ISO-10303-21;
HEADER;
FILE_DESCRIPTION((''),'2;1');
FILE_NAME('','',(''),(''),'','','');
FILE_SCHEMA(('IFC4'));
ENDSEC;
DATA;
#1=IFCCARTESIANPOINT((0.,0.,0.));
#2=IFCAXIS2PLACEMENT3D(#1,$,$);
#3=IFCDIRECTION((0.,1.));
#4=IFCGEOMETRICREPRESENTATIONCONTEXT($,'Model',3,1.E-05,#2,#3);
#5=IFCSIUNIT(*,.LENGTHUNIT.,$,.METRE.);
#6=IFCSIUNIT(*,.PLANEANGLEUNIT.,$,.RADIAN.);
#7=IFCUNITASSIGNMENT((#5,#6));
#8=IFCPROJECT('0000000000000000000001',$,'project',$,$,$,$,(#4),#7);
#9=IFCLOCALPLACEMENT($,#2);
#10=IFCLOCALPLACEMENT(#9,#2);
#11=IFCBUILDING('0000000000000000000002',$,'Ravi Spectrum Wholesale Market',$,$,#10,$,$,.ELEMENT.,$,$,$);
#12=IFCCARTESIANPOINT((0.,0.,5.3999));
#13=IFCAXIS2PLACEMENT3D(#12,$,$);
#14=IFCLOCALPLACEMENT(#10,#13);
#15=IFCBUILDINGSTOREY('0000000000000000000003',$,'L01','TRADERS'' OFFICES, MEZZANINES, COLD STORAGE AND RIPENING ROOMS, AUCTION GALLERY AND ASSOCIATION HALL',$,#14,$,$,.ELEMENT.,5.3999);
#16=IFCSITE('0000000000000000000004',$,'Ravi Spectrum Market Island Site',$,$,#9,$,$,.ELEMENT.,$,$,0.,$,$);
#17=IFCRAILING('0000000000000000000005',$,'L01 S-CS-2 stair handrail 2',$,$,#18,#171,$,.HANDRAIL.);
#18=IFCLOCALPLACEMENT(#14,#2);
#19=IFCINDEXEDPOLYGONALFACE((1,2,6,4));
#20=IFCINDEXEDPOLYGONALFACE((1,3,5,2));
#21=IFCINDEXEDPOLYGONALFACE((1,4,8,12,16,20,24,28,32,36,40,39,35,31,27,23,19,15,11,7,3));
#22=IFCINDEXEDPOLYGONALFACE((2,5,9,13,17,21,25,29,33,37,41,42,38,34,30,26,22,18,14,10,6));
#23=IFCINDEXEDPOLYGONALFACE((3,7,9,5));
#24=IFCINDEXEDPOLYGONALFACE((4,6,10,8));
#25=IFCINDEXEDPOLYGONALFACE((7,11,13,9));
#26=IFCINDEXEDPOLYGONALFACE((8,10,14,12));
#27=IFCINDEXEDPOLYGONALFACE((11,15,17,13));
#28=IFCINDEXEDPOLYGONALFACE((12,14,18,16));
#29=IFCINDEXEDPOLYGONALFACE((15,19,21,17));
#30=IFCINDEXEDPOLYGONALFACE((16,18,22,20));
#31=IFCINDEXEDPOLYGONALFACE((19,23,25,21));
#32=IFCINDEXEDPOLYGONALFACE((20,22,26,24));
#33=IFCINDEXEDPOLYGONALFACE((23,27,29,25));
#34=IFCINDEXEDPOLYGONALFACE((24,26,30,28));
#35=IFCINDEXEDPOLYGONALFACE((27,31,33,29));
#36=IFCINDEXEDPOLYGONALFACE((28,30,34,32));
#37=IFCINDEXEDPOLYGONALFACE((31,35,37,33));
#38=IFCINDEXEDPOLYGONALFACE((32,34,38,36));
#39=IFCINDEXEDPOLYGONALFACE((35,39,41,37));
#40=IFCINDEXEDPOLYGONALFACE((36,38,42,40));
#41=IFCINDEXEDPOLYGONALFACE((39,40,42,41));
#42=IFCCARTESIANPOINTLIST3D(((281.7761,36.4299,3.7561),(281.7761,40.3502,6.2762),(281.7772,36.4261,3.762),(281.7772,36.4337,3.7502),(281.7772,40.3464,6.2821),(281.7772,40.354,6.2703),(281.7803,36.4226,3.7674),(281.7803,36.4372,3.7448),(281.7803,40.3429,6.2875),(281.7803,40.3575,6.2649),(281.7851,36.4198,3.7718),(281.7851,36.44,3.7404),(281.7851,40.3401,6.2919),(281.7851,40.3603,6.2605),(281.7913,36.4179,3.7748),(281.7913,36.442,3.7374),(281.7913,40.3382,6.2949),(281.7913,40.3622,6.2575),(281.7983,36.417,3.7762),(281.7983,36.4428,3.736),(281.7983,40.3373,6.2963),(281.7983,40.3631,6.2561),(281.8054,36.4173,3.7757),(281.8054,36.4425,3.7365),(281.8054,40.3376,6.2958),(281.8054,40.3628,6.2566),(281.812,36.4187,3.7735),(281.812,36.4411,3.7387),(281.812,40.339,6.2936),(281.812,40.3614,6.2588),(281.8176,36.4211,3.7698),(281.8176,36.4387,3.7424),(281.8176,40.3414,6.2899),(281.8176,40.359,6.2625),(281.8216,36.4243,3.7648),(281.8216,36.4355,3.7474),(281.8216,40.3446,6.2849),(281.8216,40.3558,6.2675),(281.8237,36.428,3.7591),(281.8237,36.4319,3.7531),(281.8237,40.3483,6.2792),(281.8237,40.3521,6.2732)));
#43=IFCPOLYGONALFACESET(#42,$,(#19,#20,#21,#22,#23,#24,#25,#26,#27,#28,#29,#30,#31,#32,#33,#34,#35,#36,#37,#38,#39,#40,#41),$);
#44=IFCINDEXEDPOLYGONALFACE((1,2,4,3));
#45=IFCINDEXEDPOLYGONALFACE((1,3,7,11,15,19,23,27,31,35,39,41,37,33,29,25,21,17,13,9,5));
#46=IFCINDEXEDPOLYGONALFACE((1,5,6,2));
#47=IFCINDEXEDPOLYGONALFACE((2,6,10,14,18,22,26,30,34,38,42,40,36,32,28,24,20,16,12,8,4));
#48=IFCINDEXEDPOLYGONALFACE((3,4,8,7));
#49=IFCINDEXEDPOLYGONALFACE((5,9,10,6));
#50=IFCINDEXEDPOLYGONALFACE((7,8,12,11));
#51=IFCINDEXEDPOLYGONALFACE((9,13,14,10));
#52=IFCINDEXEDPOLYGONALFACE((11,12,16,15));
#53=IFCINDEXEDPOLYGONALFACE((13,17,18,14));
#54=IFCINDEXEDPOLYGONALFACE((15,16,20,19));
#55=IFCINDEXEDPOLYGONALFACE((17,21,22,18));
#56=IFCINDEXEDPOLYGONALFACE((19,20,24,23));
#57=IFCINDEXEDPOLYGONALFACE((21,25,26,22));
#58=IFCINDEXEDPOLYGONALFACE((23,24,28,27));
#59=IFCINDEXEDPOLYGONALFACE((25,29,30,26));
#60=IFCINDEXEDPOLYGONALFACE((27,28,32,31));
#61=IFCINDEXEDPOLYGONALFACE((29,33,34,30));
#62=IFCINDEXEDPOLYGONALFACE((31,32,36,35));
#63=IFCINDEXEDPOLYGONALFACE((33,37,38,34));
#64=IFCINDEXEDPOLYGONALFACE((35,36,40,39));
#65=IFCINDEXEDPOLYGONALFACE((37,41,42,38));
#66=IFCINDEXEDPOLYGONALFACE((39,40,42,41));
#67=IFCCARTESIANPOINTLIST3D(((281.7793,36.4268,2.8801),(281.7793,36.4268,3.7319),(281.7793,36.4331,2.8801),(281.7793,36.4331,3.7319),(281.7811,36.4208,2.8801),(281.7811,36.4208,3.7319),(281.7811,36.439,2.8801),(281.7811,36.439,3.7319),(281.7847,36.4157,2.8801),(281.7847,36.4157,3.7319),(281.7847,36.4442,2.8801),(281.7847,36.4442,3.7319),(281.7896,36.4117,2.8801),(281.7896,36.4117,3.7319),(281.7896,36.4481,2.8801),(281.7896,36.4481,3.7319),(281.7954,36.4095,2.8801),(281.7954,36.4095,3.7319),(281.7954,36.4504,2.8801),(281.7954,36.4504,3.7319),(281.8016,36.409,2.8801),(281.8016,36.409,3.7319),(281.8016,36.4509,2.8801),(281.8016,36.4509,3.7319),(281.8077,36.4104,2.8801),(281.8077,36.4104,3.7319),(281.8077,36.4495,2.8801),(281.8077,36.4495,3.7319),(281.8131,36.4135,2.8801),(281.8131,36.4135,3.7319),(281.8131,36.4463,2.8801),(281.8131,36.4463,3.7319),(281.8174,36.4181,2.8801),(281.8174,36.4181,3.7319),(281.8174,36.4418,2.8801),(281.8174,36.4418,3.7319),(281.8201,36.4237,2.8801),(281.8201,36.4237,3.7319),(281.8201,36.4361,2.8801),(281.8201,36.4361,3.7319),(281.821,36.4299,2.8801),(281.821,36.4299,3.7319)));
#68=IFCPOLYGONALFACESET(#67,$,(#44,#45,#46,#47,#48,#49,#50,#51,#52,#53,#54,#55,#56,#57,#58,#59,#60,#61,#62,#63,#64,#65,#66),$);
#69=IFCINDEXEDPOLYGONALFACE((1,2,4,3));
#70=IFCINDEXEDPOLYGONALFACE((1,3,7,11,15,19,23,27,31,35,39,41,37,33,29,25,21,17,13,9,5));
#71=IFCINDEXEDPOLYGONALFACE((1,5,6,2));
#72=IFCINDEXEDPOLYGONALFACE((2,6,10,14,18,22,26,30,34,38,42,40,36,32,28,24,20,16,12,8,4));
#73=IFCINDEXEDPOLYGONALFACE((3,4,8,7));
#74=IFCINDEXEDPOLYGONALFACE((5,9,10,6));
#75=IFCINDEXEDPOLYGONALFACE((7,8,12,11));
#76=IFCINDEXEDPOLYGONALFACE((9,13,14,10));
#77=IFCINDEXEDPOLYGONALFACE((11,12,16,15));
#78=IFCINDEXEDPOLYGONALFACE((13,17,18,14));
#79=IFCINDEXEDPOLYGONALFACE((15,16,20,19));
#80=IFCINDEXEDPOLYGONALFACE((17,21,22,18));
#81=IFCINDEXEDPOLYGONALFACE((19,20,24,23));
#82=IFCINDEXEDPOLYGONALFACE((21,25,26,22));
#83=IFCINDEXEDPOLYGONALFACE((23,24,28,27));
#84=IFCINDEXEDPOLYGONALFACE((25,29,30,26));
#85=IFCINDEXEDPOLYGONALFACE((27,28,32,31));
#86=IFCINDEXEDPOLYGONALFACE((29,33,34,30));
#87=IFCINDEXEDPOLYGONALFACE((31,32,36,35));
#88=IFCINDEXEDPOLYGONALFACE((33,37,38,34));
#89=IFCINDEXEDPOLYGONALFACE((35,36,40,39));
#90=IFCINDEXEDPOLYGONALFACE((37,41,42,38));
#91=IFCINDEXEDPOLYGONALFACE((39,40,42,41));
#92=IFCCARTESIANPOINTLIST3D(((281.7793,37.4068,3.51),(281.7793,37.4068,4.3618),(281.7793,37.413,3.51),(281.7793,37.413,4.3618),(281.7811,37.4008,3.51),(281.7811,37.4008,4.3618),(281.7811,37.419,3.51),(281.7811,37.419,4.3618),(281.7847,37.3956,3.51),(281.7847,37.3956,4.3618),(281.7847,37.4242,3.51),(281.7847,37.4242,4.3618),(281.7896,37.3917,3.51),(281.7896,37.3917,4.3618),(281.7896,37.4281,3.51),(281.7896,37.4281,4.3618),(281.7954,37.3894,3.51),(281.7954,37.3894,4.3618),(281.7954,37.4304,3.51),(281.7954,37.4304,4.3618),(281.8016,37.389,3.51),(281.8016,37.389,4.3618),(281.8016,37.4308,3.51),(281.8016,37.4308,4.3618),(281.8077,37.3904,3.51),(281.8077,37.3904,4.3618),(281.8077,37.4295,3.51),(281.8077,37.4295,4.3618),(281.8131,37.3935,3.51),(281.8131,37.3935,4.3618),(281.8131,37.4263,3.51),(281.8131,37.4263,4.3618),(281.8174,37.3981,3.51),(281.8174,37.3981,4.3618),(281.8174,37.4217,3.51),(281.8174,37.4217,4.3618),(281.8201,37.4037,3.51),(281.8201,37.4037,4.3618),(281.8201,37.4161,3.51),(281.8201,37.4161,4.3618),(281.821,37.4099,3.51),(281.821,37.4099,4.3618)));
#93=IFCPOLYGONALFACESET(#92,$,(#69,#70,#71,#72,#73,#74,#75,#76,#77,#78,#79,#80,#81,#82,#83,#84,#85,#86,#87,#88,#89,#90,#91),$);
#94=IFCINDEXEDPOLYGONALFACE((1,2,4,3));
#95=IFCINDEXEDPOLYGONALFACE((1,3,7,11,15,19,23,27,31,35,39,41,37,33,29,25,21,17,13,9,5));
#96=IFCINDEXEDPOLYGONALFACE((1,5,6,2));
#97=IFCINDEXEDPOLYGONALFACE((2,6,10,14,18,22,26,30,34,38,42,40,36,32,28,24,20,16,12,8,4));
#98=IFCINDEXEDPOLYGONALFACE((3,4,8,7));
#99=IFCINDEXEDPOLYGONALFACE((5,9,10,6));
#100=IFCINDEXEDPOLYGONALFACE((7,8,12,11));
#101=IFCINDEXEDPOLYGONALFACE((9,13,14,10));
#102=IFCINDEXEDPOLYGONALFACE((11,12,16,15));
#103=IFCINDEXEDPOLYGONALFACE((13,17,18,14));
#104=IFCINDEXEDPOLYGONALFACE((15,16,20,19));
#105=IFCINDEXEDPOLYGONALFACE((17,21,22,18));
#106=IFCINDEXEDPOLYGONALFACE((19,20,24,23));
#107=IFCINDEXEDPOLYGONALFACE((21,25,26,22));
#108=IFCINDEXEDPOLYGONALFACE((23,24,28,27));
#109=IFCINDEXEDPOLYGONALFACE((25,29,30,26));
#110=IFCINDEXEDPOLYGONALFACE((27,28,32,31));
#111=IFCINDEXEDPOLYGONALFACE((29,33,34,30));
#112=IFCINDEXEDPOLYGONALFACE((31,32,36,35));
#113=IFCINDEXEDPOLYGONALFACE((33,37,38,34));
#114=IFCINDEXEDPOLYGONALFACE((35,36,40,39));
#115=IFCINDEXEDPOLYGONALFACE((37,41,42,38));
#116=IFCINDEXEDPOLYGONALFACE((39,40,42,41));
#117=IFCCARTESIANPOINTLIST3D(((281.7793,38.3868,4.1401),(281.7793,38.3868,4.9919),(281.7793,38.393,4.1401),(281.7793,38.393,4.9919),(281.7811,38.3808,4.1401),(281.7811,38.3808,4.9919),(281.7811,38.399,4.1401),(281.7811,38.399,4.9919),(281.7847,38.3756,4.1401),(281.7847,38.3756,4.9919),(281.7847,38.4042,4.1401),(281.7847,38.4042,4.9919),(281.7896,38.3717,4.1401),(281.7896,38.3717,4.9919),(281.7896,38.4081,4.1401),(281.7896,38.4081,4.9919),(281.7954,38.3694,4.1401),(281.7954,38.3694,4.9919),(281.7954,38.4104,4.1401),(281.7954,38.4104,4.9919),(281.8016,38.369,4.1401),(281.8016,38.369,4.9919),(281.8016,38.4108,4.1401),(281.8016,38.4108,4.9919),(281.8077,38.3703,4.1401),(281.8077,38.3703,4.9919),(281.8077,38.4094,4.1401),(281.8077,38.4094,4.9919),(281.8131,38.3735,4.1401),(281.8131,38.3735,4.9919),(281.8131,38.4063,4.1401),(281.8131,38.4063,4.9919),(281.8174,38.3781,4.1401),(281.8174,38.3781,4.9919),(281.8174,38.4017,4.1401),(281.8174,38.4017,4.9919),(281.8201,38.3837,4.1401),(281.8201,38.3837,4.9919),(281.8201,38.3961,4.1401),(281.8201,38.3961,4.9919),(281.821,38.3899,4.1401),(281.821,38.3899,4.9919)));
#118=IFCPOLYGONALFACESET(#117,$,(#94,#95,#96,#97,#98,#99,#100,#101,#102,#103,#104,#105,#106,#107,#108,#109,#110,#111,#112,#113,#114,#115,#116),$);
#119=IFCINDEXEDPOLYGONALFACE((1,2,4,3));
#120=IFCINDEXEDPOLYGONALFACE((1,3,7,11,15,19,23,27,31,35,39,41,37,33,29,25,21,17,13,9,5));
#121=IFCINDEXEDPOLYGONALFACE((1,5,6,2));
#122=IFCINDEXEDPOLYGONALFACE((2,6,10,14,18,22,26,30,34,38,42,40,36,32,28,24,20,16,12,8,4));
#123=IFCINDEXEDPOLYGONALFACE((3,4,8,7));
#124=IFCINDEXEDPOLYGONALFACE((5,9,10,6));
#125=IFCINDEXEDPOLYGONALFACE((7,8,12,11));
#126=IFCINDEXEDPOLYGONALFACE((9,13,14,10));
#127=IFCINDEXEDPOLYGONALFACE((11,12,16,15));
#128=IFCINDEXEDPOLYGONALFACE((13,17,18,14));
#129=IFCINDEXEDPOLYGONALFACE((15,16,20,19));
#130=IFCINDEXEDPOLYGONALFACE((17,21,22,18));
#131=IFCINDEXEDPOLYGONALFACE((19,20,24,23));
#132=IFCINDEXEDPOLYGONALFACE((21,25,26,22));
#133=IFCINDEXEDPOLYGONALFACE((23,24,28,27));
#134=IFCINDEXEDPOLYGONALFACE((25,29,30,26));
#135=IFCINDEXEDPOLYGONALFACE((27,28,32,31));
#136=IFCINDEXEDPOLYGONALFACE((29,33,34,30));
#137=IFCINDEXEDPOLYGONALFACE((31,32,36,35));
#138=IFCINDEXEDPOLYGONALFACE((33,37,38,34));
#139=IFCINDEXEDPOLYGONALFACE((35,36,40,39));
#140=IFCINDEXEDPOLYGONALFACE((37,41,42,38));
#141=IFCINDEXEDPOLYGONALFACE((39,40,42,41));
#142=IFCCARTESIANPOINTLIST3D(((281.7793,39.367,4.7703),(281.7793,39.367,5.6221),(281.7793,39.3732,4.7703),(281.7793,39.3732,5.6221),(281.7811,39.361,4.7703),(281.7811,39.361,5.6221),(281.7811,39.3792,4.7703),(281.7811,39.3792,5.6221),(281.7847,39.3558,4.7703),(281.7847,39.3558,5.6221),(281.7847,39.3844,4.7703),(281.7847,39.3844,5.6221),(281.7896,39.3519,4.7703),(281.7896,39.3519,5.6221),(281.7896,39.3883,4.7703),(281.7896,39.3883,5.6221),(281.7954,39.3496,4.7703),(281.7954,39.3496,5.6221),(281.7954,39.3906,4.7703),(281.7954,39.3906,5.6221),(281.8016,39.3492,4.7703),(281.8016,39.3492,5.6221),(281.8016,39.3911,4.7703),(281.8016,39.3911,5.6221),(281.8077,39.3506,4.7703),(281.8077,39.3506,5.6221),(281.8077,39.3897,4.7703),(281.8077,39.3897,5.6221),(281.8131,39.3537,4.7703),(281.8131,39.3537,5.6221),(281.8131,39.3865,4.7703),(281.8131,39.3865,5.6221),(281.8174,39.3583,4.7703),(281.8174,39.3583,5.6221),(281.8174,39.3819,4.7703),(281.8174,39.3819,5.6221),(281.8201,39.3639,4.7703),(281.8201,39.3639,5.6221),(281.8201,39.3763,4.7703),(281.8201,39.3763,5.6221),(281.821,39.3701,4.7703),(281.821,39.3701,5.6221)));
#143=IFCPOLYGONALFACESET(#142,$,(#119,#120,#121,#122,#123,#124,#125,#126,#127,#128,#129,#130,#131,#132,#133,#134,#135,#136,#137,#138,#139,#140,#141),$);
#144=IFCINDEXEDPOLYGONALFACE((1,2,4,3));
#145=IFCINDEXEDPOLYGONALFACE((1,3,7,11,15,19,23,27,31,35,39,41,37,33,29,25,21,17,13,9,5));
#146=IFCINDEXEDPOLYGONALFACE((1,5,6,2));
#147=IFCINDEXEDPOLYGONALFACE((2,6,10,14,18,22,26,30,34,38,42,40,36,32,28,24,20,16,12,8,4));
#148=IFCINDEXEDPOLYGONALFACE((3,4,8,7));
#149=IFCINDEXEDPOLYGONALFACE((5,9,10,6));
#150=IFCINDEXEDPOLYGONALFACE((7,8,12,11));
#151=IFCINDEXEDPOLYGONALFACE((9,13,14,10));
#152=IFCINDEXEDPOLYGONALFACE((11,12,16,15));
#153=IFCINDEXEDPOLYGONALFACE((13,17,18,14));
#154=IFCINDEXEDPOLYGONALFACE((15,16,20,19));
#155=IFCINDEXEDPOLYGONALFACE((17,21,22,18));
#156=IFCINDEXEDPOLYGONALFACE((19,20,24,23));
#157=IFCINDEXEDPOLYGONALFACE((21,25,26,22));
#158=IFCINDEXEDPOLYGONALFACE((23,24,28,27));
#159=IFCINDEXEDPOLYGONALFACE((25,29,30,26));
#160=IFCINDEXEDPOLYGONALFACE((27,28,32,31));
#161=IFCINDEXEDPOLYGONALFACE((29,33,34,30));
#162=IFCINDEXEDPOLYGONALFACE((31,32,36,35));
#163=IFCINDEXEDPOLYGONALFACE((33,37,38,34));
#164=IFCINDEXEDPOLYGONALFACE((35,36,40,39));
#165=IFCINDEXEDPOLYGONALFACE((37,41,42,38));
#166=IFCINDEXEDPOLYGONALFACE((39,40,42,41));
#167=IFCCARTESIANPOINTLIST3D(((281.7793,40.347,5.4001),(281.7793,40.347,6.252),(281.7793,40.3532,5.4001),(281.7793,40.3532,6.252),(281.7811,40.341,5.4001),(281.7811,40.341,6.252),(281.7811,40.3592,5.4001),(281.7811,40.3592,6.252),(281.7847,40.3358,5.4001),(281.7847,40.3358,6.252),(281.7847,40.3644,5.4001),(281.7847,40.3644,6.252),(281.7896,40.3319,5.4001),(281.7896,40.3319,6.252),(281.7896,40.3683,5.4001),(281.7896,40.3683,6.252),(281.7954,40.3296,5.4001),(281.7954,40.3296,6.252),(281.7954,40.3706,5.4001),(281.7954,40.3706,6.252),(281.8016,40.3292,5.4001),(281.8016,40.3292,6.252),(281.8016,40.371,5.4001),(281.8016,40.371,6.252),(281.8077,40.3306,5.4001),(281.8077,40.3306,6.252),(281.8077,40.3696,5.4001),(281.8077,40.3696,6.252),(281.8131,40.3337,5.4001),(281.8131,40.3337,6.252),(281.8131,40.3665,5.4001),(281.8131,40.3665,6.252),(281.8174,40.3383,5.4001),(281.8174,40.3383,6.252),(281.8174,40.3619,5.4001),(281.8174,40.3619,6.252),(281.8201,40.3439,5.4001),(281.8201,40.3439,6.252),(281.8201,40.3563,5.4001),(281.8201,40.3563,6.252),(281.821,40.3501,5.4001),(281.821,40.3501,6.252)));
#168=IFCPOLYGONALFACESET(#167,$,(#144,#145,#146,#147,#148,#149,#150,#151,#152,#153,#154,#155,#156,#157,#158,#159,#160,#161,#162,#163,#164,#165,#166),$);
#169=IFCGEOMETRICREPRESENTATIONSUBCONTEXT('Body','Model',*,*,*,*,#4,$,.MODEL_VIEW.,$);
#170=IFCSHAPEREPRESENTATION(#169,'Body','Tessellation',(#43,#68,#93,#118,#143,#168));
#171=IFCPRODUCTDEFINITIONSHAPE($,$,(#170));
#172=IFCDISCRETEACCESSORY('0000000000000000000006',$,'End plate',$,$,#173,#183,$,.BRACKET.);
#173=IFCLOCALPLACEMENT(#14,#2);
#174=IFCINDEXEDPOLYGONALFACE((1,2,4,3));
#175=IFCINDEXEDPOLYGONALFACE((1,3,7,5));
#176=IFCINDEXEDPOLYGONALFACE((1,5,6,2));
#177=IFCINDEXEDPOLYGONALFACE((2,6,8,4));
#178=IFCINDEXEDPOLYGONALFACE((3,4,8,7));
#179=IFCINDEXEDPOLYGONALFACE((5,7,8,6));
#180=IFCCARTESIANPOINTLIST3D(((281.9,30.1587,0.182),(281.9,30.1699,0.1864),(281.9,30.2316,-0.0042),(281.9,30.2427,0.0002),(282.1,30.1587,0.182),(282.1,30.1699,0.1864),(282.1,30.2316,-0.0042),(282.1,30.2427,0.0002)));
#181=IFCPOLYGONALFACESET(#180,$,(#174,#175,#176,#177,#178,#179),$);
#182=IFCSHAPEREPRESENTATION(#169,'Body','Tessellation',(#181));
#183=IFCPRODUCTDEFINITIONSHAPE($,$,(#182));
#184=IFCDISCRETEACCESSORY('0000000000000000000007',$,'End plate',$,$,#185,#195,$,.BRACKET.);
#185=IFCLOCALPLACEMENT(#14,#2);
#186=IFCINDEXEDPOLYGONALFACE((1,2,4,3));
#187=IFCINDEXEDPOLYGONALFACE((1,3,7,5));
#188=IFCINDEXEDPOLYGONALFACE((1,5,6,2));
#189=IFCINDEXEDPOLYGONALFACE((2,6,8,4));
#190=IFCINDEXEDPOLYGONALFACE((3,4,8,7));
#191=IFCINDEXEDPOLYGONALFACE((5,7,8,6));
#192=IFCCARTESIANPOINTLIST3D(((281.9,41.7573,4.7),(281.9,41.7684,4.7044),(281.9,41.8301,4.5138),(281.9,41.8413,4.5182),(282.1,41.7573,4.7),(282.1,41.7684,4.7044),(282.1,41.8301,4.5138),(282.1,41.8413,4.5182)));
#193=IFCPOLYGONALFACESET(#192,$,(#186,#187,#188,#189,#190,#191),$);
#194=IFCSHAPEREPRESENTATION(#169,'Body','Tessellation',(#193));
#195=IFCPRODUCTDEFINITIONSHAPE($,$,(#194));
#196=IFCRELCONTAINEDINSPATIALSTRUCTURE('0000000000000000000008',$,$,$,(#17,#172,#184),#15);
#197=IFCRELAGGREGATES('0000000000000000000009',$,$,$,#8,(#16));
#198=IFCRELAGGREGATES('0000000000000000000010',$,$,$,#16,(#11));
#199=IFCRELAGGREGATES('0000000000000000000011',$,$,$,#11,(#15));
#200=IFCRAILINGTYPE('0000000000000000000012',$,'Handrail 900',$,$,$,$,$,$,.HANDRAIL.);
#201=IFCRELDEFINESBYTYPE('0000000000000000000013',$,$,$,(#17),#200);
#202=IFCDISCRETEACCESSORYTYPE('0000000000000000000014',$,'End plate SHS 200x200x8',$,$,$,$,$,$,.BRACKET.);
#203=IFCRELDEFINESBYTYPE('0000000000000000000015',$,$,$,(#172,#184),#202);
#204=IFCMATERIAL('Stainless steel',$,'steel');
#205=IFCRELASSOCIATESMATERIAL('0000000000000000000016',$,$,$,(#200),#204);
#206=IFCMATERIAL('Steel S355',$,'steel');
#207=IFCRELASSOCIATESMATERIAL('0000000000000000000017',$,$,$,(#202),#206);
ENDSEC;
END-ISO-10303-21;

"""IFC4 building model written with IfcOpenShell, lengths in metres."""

from ifc_helpers import new_model, si_unit, direction, frame, origin, origin_2d, place, context, subcontext, project, spatial, rectangle, circle, extrude, material, material_profile, profile_set, type_object, element, save


model = new_model("IFC4")

# Units and contexts
model_context = context("Model", 3, precision=1e-05, world=origin(), true_north=direction((0.0, 1.0)))
body_context = subcontext(model_context, "Body", "Model", "MODEL_VIEW")
ifc_project = project(units=[si_unit("LENGTHUNIT", "METRE"), si_unit("PLANEANGLEUNIT", "RADIAN")], contexts=[model_context])

# Site, building, storey
site_placement = place(None, origin())
site = spatial("IfcSite", under=ifc_project, at=site_placement, Name="Ravi Spectrum Market Island Site", CompositionType="ELEMENT", RefElevation=0.0)
building_placement = place(site_placement, origin())
building = spatial("IfcBuilding", under=site, at=building_placement, Name="Ravi Spectrum Wholesale Market", CompositionType="ELEMENT")
storey_placement = place(building_placement, frame((0.0, 0.0, 5.3999)))
storey = spatial("IfcBuildingStorey", under=building, at=storey_placement, Name="L01", Description="TRADERS' OFFICES, MEZZANINES, COLD STORAGE AND RIPENING ROOMS, AUCTION GALLERY AND ASSOCIATION HALL", CompositionType="ELEMENT", Elevation=5.3999)

# Railing
ifc_material_1 = material(Name="Stainless steel", Category="steel")
railing_type_1 = type_object("IfcRailingType", Name="Handrail 900", PredefinedType="HANDRAIL", material=ifc_material_1)
railing_1_placement = place(storey_placement, frame((281.8, 36.4299, 2.8801)))
element("IfcRailing", 1, at=railing_1_placement, inside=storey, type_object=railing_type_1, Name="L01 S-CS-2 stair handrail 2", PredefinedType="HANDRAIL", context=body_context, shape_type="SweptSolid", body=[
    extrude(circle(Radius=0.0239, at=origin_2d()), frame((0.0, 0.0, 0.876), z_axis=(0.0, 0.841187, 0.540744), x_axis=(-1.0, 0.0, 0.0)), (0.0, 0.0, 1.0), 4.6604),
    extrude(circle(Radius=0.021, at=origin_2d()), origin(), (0.0, 0.0, 1.0), 0.8518),
    extrude(circle(Radius=0.021, at=origin_2d()), frame((0.0, 0.98, 0.6299)), (0.0, 0.0, 1.0), 0.8518),
    extrude(circle(Radius=0.021, at=origin_2d()), frame((0.0, 1.96, 1.26)), (0.0, 0.0, 1.0), 0.8518),
    extrude(circle(Radius=0.021, at=origin_2d()), frame((0.0, 2.9402, 1.8901)), (0.0, 0.0, 1.0), 0.8518),
    extrude(circle(Radius=0.021, at=origin_2d()), frame((0.0, 3.9202, 2.52)), (0.0, 0.0, 1.0), 0.8518),
])

# Discrete accessories
ifc_material_2 = material(Name="Steel S355", Category="steel")
ifc_material_profile_1 = material_profile(ifc_material_2, rectangle(XDim=0.2, YDim=0.2, at=origin_2d()))
ifc_profile_set_1 = profile_set([ifc_material_profile_1], Name="Steel S355")
discrete_accessory_type = type_object("IfcDiscreteAccessoryType", Name="End plate SHS 200x200x8", PredefinedType="BRACKET", material=ifc_profile_set_1)
for number, where, z_axis, x_axis, name in (
    (2, (282.0, 30.2063, 0.0933), (0.0, -0.931243, -0.364399), (1.0, 0.0, 0.0), "End plate"),
    (3, (282.0, 41.7937, 4.6069), (0.0, 0.931243, 0.364399), (-1.0, 0.0, 0.0), "End plate"),
):
    element("IfcDiscreteAccessory", number, at=place(storey_placement, frame(where, z_axis=z_axis, x_axis=x_axis)), inside=storey, type_object=discrete_accessory_type, Name=name, PredefinedType="BRACKET", context=body_context, shape_type="SweptSolid", body=[
        extrude(rectangle(XDim=0.2, YDim=0.2, at=origin_2d()), origin(), (0.0, 0.0, 1.0), 0.012),
    ])

save(model, "model.ifc")
